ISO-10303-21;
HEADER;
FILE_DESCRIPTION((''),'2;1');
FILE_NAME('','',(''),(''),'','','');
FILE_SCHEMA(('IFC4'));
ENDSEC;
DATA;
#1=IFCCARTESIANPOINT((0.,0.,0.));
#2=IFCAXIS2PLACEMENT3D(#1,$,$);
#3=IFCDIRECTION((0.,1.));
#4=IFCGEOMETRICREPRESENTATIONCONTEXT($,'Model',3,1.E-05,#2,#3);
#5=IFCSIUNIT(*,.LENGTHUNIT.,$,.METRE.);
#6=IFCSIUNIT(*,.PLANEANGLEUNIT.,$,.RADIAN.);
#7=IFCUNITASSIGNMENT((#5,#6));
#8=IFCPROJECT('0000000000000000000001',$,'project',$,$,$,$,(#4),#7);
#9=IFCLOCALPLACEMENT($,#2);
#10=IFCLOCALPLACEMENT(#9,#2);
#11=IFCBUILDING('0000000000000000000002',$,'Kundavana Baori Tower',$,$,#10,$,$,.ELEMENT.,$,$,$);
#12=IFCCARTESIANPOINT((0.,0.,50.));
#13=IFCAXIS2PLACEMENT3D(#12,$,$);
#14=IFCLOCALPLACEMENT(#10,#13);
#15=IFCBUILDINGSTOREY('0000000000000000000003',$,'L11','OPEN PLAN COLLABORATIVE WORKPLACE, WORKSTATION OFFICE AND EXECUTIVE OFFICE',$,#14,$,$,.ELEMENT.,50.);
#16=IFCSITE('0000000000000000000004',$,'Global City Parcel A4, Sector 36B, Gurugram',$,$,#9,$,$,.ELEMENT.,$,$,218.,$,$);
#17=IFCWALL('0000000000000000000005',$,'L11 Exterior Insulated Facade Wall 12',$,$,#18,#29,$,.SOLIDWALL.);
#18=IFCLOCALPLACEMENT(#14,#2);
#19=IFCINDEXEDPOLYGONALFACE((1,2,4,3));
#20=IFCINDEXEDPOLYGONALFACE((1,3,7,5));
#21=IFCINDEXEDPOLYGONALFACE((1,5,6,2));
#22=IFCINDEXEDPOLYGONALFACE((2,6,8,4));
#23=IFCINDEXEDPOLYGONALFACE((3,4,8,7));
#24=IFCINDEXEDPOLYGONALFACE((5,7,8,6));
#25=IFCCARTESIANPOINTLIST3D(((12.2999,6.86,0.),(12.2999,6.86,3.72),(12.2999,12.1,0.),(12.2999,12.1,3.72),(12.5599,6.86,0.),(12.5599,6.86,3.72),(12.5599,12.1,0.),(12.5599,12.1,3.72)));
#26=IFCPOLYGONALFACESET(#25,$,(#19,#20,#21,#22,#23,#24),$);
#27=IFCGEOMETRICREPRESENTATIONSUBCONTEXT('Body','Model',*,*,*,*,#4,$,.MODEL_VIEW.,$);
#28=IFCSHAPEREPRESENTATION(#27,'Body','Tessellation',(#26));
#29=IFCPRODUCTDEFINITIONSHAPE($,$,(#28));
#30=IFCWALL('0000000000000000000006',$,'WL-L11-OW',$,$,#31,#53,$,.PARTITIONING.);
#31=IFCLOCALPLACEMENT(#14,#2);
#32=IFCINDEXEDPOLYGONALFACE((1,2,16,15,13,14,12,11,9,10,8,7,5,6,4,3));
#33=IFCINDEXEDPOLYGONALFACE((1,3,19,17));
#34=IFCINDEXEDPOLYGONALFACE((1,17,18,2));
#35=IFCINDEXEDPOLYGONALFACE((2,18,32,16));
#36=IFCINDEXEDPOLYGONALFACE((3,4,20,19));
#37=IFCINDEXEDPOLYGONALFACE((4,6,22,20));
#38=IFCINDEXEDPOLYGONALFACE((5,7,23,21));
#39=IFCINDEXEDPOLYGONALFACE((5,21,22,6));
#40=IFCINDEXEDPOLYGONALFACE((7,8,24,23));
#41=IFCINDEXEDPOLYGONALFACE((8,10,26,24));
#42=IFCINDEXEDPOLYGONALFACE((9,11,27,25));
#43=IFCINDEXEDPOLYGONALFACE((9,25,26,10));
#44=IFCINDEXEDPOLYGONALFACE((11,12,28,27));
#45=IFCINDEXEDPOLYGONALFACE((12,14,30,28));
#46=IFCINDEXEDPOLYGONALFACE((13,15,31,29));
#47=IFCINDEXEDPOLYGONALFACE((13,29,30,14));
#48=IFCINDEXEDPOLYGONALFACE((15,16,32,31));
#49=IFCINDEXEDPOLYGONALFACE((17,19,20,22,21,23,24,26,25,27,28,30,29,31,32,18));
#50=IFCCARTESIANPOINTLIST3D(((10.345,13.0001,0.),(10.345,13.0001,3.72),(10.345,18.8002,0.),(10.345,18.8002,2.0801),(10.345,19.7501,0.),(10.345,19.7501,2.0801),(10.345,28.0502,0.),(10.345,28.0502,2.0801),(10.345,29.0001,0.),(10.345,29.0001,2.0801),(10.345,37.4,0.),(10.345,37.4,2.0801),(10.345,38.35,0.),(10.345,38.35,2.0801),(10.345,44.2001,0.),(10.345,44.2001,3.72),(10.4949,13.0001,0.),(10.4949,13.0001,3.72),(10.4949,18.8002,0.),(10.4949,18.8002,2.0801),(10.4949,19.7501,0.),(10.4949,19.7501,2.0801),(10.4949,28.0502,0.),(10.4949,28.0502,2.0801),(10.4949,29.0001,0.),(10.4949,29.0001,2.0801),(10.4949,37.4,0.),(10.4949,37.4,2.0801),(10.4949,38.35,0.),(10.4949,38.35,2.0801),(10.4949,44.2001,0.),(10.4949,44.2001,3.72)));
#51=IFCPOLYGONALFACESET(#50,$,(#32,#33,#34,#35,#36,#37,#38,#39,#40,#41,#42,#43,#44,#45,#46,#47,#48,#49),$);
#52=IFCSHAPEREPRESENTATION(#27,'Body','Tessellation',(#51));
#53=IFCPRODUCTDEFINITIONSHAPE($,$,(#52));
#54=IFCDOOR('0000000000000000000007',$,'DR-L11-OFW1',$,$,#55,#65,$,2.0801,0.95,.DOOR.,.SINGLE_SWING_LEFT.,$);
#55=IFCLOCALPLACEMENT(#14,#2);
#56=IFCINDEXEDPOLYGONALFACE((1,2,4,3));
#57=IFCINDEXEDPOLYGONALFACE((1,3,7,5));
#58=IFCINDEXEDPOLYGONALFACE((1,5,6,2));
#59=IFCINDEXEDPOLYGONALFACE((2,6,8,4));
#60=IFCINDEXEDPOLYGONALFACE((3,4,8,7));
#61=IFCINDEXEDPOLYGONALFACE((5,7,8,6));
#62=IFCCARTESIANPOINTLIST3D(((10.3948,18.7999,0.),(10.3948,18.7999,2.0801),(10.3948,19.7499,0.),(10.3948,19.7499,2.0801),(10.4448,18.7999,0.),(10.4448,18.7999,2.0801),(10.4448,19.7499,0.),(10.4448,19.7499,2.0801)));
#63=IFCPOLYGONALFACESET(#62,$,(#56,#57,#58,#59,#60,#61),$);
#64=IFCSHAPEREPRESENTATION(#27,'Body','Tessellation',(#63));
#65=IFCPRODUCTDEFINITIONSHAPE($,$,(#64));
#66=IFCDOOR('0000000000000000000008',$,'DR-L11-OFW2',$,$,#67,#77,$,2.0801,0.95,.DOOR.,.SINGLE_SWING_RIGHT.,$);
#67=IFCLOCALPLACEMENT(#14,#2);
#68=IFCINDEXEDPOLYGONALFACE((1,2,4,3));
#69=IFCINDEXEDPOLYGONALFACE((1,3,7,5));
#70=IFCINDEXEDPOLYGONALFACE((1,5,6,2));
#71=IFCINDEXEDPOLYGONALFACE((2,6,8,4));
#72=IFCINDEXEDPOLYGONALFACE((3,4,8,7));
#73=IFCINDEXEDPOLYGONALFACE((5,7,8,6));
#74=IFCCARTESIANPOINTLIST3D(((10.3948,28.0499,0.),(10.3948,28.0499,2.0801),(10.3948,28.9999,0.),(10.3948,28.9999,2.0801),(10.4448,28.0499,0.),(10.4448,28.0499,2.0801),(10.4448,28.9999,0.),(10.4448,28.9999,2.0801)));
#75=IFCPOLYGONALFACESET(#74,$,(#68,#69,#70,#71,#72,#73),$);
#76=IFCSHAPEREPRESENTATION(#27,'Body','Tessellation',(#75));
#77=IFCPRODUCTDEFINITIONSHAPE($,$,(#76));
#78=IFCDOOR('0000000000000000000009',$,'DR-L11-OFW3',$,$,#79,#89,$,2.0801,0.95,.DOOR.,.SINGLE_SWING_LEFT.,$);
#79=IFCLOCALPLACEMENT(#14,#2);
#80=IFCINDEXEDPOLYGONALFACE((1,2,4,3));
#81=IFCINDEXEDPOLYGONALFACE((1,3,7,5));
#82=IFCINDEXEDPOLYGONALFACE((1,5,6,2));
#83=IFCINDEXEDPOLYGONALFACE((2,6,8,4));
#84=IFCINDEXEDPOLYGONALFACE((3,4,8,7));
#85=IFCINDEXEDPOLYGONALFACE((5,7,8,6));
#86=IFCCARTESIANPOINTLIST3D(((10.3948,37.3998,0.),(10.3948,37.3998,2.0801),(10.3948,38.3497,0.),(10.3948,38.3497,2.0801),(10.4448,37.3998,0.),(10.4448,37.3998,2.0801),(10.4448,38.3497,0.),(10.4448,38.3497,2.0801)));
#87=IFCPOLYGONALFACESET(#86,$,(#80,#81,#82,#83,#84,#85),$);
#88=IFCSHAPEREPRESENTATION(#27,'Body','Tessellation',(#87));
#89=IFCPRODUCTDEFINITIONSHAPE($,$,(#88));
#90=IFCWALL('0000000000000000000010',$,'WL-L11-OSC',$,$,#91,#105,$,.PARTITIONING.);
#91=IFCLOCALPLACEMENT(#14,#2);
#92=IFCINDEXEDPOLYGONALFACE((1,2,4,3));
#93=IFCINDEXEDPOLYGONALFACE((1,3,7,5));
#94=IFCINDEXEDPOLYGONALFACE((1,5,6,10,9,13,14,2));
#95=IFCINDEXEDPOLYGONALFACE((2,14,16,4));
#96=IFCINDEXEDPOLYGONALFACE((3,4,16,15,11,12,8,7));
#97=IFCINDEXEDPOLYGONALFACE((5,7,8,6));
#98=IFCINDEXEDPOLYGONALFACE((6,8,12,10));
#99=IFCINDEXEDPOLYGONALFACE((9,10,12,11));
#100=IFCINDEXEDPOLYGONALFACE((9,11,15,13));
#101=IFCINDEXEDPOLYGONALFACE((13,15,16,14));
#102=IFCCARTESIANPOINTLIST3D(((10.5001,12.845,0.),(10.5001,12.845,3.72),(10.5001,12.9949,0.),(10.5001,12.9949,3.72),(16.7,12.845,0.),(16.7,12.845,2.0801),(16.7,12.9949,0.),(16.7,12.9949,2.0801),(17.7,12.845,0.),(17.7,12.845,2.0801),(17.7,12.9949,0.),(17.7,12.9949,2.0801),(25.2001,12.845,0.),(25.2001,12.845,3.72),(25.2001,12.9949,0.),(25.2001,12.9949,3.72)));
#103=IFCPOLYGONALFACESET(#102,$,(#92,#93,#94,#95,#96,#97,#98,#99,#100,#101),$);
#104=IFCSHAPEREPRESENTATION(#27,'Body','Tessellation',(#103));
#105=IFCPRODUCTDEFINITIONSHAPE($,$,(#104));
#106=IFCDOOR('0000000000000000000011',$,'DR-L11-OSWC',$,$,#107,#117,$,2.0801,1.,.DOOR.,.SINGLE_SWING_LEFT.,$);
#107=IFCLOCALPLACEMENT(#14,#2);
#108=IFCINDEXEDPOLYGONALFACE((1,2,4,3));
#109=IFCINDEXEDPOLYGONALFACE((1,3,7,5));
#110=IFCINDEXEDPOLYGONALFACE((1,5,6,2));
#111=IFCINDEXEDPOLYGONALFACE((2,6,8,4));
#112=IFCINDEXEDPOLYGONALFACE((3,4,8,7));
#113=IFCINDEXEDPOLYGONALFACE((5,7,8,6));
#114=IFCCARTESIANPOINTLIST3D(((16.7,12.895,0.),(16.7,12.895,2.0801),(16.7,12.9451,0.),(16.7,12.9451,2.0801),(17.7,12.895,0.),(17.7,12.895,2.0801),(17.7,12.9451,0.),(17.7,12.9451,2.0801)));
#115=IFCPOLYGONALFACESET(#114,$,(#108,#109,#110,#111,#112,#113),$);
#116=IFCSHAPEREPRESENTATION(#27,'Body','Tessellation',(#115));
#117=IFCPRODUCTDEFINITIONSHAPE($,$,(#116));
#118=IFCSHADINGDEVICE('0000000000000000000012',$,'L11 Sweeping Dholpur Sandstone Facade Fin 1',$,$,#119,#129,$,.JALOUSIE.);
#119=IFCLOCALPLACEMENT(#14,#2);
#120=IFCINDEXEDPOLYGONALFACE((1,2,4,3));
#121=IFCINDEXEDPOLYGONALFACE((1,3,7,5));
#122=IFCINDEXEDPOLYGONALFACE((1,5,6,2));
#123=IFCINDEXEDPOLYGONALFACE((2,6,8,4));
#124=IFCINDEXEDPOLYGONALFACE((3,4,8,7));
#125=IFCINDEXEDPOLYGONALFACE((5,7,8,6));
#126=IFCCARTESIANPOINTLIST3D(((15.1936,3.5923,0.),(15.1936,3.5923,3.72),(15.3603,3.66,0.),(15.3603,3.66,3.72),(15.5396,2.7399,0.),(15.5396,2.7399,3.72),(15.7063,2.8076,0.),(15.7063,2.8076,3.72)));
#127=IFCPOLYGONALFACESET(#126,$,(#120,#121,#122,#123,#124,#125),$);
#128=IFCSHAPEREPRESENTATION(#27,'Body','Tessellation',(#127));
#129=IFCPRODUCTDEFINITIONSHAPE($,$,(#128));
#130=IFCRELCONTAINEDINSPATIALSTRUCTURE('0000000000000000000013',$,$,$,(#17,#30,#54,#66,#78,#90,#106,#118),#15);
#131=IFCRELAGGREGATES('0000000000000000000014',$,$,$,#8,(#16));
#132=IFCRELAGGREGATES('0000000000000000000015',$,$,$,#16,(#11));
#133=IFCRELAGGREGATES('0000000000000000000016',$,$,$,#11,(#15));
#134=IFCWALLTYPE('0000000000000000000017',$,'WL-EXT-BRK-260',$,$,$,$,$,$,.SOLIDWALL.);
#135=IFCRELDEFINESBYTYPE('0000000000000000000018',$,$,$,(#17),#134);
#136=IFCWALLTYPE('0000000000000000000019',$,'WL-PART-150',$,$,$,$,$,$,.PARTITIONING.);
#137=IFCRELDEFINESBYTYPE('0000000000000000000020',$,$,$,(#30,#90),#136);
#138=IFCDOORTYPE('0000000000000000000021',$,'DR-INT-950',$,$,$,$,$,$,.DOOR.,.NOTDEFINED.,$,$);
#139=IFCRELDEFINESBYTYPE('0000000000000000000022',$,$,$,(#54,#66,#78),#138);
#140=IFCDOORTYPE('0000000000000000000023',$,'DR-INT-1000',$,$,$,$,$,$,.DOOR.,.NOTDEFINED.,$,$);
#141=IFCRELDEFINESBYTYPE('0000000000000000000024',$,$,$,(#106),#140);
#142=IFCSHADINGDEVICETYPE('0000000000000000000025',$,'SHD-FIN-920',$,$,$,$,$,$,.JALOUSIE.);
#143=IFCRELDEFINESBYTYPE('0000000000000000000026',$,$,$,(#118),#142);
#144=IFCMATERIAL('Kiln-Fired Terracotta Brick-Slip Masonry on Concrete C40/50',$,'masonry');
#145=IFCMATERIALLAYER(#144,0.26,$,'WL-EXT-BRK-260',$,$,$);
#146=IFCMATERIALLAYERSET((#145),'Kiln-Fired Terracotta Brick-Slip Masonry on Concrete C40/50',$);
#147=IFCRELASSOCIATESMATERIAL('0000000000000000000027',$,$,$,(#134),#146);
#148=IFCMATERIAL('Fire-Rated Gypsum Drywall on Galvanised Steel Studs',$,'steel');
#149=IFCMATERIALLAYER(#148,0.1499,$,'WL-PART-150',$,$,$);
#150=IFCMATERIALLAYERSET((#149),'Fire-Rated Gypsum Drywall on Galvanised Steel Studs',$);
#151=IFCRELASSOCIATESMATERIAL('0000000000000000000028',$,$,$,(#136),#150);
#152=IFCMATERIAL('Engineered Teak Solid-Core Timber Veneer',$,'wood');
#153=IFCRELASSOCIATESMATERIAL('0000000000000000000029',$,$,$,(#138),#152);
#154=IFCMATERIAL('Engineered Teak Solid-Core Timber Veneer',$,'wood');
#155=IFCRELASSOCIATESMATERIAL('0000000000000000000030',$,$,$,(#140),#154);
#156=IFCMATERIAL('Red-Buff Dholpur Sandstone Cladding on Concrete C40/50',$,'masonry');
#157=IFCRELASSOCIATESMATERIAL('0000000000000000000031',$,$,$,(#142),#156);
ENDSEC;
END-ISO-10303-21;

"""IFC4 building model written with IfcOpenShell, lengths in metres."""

from ifc_helpers import new_model, si_unit, direction, frame, frame_2d, origin, origin_2d, place, context, subcontext, project, spatial, rectangle, extrude, material, layer, layer_set, type_object, element, fill, save


model = new_model("IFC4")

# Units and contexts
model_context = context("Model", 3, precision=1e-05, world=origin(), true_north=direction((0.0, 1.0)))
body_context = subcontext(model_context, "Body", "Model", "MODEL_VIEW")
ifc_project = project(units=[si_unit("LENGTHUNIT", "METRE"), si_unit("PLANEANGLEUNIT", "RADIAN")], contexts=[model_context])

# Site, building, storey
site_placement = place(None, origin())
site = spatial("IfcSite", under=ifc_project, at=site_placement, Name="Global City Parcel A4, Sector 36B, Gurugram", CompositionType="ELEMENT", RefElevation=218.0)
building_placement = place(site_placement, origin())
building = spatial("IfcBuilding", under=site, at=building_placement, Name="Kundavana Baori Tower", CompositionType="ELEMENT")
storey_placement = place(building_placement, frame((0.0, 0.0, 50.0)))
storey = spatial("IfcBuildingStorey", under=building, at=storey_placement, Name="L11", Description="OPEN PLAN COLLABORATIVE WORKPLACE, WORKSTATION OFFICE AND EXECUTIVE OFFICE", CompositionType="ELEMENT", Elevation=50.0)

# Shared definitions
ifc_material_1 = material(Name="Kiln-Fired Terracotta Brick-Slip Masonry on Concrete C40/50", Category="masonry")
ifc_layer_1 = layer(ifc_material_1, 0.26, Name="WL-EXT-BRK-260")
ifc_layer_set_1 = layer_set([ifc_layer_1], Name="Kiln-Fired Terracotta Brick-Slip Masonry on Concrete C40/50")
wall_type_1 = type_object("IfcWallType", Name="WL-EXT-BRK-260", PredefinedType="SOLIDWALL", material=ifc_layer_set_1)

# Wall
wall_1_placement = place(storey_placement, frame((12.4299, 12.1001, 0.0), z_axis=(0.0, 0.0, 1.0), x_axis=(0.0, -1.0, 0.0)))
element("IfcWall", 1, at=wall_1_placement, inside=storey, type_object=wall_type_1, Name="L11 Exterior Insulated Facade Wall 12", PredefinedType="SOLIDWALL", context=body_context, shape_type="SweptSolid", body=[
    extrude(rectangle(XDim=5.24, YDim=0.26, at=frame_2d((2.6201, 0.0))), origin(), (0.0, 0.0, 1.0), 3.72),
])

# Wall, openings, doors
ifc_material_2 = material(Name="Fire-Rated Gypsum Drywall on Galvanised Steel Studs", Category="steel")
ifc_layer_2 = layer(ifc_material_2, 0.1499, Name="WL-PART-150")
ifc_layer_set_2 = layer_set([ifc_layer_2], Name="Fire-Rated Gypsum Drywall on Galvanised Steel Studs")
wall_type_2 = type_object("IfcWallType", Name="WL-PART-150", PredefinedType="PARTITIONING", material=ifc_layer_set_2)
wall_2_placement = place(storey_placement, frame((10.4199, 13.0, 0.0), z_axis=(0.0, 0.0, 1.0), x_axis=(0.0, 1.0, 0.0)))
wall_2 = element("IfcWall", 2, at=wall_2_placement, inside=storey, type_object=wall_type_2, Name="WL-L11-OW", PredefinedType="PARTITIONING", context=body_context, shape_type="SweptSolid", body=[
    extrude(rectangle(XDim=31.2, YDim=0.1499, at=frame_2d((15.6001, 0.0))), origin(), (0.0, 0.0, 1.0), 3.72),
])
opening_1_placement = place(wall_2_placement, frame((5.8, 0.0, 0.0)))
opening_1 = element("IfcOpeningElement", 3, at=opening_1_placement, cuts=wall_2, PredefinedType="OPENING", context=body_context, shape_type="SweptSolid", body=[
    extrude(rectangle(XDim=0.95, YDim=2.0801, at=frame_2d((0.4751, 1.04))), frame((0.0, 0.085, 0.0), z_axis=(0.0, -1.0, 0.0), x_axis=(1.0, 0.0, 0.0)), (0.0, 0.0, 1.0), 0.1699),
])
opening_2_placement = place(wall_2_placement, frame((15.05, 0.0, 0.0)))
opening_2 = element("IfcOpeningElement", 4, at=opening_2_placement, cuts=wall_2, PredefinedType="OPENING", context=body_context, shape_type="SweptSolid", body=[
    extrude(rectangle(XDim=0.95, YDim=2.0801, at=frame_2d((0.4751, 1.04))), frame((0.0, 0.085, 0.0), z_axis=(0.0, -1.0, 0.0), x_axis=(1.0, 0.0, 0.0)), (0.0, 0.0, 1.0), 0.1699),
])
opening_3_placement = place(wall_2_placement, frame((24.3999, 0.0, 0.0)))
opening_3 = element("IfcOpeningElement", 5, at=opening_3_placement, cuts=wall_2, PredefinedType="OPENING", context=body_context, shape_type="SweptSolid", body=[
    extrude(rectangle(XDim=0.95, YDim=2.0801, at=frame_2d((0.4751, 1.04))), frame((0.0, 0.085, 0.0), z_axis=(0.0, -1.0, 0.0), x_axis=(1.0, 0.0, 0.0)), (0.0, 0.0, 1.0), 0.1699),
])
ifc_material_3 = material(Name="Engineered Teak Solid-Core Timber Veneer", Category="wood")
door_type_1 = type_object("IfcDoorType", Name="DR-INT-950", OperationType="NOTDEFINED", PredefinedType="DOOR", material=ifc_material_3)
door_1_placement = place(opening_1_placement, frame((0.95, 0.0, 0.0), z_axis=(0.0, 0.0, 1.0), x_axis=(-1.0, 0.0, 0.0)))
door_1 = element("IfcDoor", 6, at=door_1_placement, inside=storey, type_object=door_type_1, Name="DR-L11-OFW1", OperationType="SINGLE_SWING_LEFT", OverallHeight=2.0801, OverallWidth=0.95, PredefinedType="DOOR", context=body_context, shape_type="SweptSolid", body=[
    extrude(rectangle(XDim=0.95, YDim=2.0801, at=frame_2d((0.4751, 1.04))), frame((0.0, 0.0249, 0.0), z_axis=(0.0, -1.0, 0.0), x_axis=(1.0, 0.0, 0.0)), (0.0, 0.0, 1.0), 0.05),
])
fill(opening_1, door_1)
door_2_placement = place(opening_2_placement, frame((0.95, 0.0, 0.0), z_axis=(0.0, 0.0, 1.0), x_axis=(-1.0, 0.0, 0.0)))
door_2 = element("IfcDoor", 7, at=door_2_placement, inside=storey, type_object=door_type_1, Name="DR-L11-OFW2", OperationType="SINGLE_SWING_RIGHT", OverallHeight=2.0801, OverallWidth=0.95, PredefinedType="DOOR", context=body_context, shape_type="SweptSolid", body=[
    extrude(rectangle(XDim=0.95, YDim=2.0801, at=frame_2d((0.4751, 1.04))), frame((0.0, 0.0249, 0.0), z_axis=(0.0, -1.0, 0.0), x_axis=(1.0, 0.0, 0.0)), (0.0, 0.0, 1.0), 0.05),
])
fill(opening_2, door_2)
door_3_placement = place(opening_3_placement, frame((0.95, 0.0, 0.0), z_axis=(0.0, 0.0, 1.0), x_axis=(-1.0, 0.0, 0.0)))
door_3 = element("IfcDoor", 8, at=door_3_placement, inside=storey, type_object=door_type_1, Name="DR-L11-OFW3", OperationType="SINGLE_SWING_LEFT", OverallHeight=2.0801, OverallWidth=0.95, PredefinedType="DOOR", context=body_context, shape_type="SweptSolid", body=[
    extrude(rectangle(XDim=0.95, YDim=2.0801, at=frame_2d((0.4751, 1.04))), frame((0.0, 0.0249, 0.0), z_axis=(0.0, -1.0, 0.0), x_axis=(1.0, 0.0, 0.0)), (0.0, 0.0, 1.0), 0.05),
])
fill(opening_3, door_3)

# Wall, opening, door
wall_3_placement = place(storey_placement, frame((10.5, 12.9199, 0.0), z_axis=(0.0, 0.0, 1.0), x_axis=(1.0, 0.0, 0.0)))
wall_3 = element("IfcWall", 9, at=wall_3_placement, inside=storey, type_object=wall_type_2, Name="WL-L11-OSC", PredefinedType="PARTITIONING", context=body_context, shape_type="SweptSolid", body=[
    extrude(rectangle(XDim=14.7, YDim=0.1499, at=frame_2d((7.3501, 0.0))), origin(), (0.0, 0.0, 1.0), 3.72),
])
opening_4_placement = place(wall_3_placement, frame((6.2, 0.0, 0.0)))
opening_4 = element("IfcOpeningElement", 10, at=opening_4_placement, cuts=wall_3, PredefinedType="OPENING", context=body_context, shape_type="SweptSolid", body=[
    extrude(rectangle(XDim=1.0, YDim=2.0801, at=frame_2d((0.5, 1.04))), frame((0.0, 0.085, 0.0), z_axis=(0.0, -1.0, 0.0), x_axis=(1.0, 0.0, 0.0)), (0.0, 0.0, 1.0), 0.1699),
])
ifc_material_4 = material(Name="Engineered Teak Solid-Core Timber Veneer", Category="wood")
door_type_2 = type_object("IfcDoorType", Name="DR-INT-1000", OperationType="NOTDEFINED", PredefinedType="DOOR", material=ifc_material_4)
door_4_placement = place(opening_4_placement, frame((1.0, 0.0, 0.0), z_axis=(0.0, 0.0, 1.0), x_axis=(-1.0, 0.0, 0.0)))
door_4 = element("IfcDoor", 11, at=door_4_placement, inside=storey, type_object=door_type_2, Name="DR-L11-OSWC", OperationType="SINGLE_SWING_LEFT", OverallHeight=2.0801, OverallWidth=1.0, PredefinedType="DOOR", context=body_context, shape_type="SweptSolid", body=[
    extrude(rectangle(XDim=1.0, YDim=2.0801, at=frame_2d((0.5, 1.04))), frame((0.0, 0.0249, 0.0), z_axis=(0.0, -1.0, 0.0), x_axis=(1.0, 0.0, 0.0)), (0.0, 0.0, 1.0), 0.05),
])
fill(opening_4, door_4)

# Shading device
ifc_material_5 = material(Name="Red-Buff Dholpur Sandstone Cladding on Concrete C40/50", Category="masonry")
shading_device_type = type_object("IfcShadingDeviceType", Name="SHD-FIN-920", PredefinedType="JALOUSIE", material=ifc_material_5)
shading_device_placement = place(storey_placement, frame((15.45, 3.2, 0.0), z_axis=(0.0, 0.0, 1.0), x_axis=(0.926594, 0.376063, 0.0)))
element("IfcShadingDevice", 12, at=shading_device_placement, inside=storey, type_object=shading_device_type, Name="L11 Sweeping Dholpur Sandstone Facade Fin 1", PredefinedType="JALOUSIE", context=body_context, shape_type="SweptSolid", body=[
    extrude(rectangle(XDim=0.1799, YDim=0.9199, at=origin_2d()), origin(), (0.0, 0.0, 1.0), 3.72),
])

save(model, "model.ifc")
